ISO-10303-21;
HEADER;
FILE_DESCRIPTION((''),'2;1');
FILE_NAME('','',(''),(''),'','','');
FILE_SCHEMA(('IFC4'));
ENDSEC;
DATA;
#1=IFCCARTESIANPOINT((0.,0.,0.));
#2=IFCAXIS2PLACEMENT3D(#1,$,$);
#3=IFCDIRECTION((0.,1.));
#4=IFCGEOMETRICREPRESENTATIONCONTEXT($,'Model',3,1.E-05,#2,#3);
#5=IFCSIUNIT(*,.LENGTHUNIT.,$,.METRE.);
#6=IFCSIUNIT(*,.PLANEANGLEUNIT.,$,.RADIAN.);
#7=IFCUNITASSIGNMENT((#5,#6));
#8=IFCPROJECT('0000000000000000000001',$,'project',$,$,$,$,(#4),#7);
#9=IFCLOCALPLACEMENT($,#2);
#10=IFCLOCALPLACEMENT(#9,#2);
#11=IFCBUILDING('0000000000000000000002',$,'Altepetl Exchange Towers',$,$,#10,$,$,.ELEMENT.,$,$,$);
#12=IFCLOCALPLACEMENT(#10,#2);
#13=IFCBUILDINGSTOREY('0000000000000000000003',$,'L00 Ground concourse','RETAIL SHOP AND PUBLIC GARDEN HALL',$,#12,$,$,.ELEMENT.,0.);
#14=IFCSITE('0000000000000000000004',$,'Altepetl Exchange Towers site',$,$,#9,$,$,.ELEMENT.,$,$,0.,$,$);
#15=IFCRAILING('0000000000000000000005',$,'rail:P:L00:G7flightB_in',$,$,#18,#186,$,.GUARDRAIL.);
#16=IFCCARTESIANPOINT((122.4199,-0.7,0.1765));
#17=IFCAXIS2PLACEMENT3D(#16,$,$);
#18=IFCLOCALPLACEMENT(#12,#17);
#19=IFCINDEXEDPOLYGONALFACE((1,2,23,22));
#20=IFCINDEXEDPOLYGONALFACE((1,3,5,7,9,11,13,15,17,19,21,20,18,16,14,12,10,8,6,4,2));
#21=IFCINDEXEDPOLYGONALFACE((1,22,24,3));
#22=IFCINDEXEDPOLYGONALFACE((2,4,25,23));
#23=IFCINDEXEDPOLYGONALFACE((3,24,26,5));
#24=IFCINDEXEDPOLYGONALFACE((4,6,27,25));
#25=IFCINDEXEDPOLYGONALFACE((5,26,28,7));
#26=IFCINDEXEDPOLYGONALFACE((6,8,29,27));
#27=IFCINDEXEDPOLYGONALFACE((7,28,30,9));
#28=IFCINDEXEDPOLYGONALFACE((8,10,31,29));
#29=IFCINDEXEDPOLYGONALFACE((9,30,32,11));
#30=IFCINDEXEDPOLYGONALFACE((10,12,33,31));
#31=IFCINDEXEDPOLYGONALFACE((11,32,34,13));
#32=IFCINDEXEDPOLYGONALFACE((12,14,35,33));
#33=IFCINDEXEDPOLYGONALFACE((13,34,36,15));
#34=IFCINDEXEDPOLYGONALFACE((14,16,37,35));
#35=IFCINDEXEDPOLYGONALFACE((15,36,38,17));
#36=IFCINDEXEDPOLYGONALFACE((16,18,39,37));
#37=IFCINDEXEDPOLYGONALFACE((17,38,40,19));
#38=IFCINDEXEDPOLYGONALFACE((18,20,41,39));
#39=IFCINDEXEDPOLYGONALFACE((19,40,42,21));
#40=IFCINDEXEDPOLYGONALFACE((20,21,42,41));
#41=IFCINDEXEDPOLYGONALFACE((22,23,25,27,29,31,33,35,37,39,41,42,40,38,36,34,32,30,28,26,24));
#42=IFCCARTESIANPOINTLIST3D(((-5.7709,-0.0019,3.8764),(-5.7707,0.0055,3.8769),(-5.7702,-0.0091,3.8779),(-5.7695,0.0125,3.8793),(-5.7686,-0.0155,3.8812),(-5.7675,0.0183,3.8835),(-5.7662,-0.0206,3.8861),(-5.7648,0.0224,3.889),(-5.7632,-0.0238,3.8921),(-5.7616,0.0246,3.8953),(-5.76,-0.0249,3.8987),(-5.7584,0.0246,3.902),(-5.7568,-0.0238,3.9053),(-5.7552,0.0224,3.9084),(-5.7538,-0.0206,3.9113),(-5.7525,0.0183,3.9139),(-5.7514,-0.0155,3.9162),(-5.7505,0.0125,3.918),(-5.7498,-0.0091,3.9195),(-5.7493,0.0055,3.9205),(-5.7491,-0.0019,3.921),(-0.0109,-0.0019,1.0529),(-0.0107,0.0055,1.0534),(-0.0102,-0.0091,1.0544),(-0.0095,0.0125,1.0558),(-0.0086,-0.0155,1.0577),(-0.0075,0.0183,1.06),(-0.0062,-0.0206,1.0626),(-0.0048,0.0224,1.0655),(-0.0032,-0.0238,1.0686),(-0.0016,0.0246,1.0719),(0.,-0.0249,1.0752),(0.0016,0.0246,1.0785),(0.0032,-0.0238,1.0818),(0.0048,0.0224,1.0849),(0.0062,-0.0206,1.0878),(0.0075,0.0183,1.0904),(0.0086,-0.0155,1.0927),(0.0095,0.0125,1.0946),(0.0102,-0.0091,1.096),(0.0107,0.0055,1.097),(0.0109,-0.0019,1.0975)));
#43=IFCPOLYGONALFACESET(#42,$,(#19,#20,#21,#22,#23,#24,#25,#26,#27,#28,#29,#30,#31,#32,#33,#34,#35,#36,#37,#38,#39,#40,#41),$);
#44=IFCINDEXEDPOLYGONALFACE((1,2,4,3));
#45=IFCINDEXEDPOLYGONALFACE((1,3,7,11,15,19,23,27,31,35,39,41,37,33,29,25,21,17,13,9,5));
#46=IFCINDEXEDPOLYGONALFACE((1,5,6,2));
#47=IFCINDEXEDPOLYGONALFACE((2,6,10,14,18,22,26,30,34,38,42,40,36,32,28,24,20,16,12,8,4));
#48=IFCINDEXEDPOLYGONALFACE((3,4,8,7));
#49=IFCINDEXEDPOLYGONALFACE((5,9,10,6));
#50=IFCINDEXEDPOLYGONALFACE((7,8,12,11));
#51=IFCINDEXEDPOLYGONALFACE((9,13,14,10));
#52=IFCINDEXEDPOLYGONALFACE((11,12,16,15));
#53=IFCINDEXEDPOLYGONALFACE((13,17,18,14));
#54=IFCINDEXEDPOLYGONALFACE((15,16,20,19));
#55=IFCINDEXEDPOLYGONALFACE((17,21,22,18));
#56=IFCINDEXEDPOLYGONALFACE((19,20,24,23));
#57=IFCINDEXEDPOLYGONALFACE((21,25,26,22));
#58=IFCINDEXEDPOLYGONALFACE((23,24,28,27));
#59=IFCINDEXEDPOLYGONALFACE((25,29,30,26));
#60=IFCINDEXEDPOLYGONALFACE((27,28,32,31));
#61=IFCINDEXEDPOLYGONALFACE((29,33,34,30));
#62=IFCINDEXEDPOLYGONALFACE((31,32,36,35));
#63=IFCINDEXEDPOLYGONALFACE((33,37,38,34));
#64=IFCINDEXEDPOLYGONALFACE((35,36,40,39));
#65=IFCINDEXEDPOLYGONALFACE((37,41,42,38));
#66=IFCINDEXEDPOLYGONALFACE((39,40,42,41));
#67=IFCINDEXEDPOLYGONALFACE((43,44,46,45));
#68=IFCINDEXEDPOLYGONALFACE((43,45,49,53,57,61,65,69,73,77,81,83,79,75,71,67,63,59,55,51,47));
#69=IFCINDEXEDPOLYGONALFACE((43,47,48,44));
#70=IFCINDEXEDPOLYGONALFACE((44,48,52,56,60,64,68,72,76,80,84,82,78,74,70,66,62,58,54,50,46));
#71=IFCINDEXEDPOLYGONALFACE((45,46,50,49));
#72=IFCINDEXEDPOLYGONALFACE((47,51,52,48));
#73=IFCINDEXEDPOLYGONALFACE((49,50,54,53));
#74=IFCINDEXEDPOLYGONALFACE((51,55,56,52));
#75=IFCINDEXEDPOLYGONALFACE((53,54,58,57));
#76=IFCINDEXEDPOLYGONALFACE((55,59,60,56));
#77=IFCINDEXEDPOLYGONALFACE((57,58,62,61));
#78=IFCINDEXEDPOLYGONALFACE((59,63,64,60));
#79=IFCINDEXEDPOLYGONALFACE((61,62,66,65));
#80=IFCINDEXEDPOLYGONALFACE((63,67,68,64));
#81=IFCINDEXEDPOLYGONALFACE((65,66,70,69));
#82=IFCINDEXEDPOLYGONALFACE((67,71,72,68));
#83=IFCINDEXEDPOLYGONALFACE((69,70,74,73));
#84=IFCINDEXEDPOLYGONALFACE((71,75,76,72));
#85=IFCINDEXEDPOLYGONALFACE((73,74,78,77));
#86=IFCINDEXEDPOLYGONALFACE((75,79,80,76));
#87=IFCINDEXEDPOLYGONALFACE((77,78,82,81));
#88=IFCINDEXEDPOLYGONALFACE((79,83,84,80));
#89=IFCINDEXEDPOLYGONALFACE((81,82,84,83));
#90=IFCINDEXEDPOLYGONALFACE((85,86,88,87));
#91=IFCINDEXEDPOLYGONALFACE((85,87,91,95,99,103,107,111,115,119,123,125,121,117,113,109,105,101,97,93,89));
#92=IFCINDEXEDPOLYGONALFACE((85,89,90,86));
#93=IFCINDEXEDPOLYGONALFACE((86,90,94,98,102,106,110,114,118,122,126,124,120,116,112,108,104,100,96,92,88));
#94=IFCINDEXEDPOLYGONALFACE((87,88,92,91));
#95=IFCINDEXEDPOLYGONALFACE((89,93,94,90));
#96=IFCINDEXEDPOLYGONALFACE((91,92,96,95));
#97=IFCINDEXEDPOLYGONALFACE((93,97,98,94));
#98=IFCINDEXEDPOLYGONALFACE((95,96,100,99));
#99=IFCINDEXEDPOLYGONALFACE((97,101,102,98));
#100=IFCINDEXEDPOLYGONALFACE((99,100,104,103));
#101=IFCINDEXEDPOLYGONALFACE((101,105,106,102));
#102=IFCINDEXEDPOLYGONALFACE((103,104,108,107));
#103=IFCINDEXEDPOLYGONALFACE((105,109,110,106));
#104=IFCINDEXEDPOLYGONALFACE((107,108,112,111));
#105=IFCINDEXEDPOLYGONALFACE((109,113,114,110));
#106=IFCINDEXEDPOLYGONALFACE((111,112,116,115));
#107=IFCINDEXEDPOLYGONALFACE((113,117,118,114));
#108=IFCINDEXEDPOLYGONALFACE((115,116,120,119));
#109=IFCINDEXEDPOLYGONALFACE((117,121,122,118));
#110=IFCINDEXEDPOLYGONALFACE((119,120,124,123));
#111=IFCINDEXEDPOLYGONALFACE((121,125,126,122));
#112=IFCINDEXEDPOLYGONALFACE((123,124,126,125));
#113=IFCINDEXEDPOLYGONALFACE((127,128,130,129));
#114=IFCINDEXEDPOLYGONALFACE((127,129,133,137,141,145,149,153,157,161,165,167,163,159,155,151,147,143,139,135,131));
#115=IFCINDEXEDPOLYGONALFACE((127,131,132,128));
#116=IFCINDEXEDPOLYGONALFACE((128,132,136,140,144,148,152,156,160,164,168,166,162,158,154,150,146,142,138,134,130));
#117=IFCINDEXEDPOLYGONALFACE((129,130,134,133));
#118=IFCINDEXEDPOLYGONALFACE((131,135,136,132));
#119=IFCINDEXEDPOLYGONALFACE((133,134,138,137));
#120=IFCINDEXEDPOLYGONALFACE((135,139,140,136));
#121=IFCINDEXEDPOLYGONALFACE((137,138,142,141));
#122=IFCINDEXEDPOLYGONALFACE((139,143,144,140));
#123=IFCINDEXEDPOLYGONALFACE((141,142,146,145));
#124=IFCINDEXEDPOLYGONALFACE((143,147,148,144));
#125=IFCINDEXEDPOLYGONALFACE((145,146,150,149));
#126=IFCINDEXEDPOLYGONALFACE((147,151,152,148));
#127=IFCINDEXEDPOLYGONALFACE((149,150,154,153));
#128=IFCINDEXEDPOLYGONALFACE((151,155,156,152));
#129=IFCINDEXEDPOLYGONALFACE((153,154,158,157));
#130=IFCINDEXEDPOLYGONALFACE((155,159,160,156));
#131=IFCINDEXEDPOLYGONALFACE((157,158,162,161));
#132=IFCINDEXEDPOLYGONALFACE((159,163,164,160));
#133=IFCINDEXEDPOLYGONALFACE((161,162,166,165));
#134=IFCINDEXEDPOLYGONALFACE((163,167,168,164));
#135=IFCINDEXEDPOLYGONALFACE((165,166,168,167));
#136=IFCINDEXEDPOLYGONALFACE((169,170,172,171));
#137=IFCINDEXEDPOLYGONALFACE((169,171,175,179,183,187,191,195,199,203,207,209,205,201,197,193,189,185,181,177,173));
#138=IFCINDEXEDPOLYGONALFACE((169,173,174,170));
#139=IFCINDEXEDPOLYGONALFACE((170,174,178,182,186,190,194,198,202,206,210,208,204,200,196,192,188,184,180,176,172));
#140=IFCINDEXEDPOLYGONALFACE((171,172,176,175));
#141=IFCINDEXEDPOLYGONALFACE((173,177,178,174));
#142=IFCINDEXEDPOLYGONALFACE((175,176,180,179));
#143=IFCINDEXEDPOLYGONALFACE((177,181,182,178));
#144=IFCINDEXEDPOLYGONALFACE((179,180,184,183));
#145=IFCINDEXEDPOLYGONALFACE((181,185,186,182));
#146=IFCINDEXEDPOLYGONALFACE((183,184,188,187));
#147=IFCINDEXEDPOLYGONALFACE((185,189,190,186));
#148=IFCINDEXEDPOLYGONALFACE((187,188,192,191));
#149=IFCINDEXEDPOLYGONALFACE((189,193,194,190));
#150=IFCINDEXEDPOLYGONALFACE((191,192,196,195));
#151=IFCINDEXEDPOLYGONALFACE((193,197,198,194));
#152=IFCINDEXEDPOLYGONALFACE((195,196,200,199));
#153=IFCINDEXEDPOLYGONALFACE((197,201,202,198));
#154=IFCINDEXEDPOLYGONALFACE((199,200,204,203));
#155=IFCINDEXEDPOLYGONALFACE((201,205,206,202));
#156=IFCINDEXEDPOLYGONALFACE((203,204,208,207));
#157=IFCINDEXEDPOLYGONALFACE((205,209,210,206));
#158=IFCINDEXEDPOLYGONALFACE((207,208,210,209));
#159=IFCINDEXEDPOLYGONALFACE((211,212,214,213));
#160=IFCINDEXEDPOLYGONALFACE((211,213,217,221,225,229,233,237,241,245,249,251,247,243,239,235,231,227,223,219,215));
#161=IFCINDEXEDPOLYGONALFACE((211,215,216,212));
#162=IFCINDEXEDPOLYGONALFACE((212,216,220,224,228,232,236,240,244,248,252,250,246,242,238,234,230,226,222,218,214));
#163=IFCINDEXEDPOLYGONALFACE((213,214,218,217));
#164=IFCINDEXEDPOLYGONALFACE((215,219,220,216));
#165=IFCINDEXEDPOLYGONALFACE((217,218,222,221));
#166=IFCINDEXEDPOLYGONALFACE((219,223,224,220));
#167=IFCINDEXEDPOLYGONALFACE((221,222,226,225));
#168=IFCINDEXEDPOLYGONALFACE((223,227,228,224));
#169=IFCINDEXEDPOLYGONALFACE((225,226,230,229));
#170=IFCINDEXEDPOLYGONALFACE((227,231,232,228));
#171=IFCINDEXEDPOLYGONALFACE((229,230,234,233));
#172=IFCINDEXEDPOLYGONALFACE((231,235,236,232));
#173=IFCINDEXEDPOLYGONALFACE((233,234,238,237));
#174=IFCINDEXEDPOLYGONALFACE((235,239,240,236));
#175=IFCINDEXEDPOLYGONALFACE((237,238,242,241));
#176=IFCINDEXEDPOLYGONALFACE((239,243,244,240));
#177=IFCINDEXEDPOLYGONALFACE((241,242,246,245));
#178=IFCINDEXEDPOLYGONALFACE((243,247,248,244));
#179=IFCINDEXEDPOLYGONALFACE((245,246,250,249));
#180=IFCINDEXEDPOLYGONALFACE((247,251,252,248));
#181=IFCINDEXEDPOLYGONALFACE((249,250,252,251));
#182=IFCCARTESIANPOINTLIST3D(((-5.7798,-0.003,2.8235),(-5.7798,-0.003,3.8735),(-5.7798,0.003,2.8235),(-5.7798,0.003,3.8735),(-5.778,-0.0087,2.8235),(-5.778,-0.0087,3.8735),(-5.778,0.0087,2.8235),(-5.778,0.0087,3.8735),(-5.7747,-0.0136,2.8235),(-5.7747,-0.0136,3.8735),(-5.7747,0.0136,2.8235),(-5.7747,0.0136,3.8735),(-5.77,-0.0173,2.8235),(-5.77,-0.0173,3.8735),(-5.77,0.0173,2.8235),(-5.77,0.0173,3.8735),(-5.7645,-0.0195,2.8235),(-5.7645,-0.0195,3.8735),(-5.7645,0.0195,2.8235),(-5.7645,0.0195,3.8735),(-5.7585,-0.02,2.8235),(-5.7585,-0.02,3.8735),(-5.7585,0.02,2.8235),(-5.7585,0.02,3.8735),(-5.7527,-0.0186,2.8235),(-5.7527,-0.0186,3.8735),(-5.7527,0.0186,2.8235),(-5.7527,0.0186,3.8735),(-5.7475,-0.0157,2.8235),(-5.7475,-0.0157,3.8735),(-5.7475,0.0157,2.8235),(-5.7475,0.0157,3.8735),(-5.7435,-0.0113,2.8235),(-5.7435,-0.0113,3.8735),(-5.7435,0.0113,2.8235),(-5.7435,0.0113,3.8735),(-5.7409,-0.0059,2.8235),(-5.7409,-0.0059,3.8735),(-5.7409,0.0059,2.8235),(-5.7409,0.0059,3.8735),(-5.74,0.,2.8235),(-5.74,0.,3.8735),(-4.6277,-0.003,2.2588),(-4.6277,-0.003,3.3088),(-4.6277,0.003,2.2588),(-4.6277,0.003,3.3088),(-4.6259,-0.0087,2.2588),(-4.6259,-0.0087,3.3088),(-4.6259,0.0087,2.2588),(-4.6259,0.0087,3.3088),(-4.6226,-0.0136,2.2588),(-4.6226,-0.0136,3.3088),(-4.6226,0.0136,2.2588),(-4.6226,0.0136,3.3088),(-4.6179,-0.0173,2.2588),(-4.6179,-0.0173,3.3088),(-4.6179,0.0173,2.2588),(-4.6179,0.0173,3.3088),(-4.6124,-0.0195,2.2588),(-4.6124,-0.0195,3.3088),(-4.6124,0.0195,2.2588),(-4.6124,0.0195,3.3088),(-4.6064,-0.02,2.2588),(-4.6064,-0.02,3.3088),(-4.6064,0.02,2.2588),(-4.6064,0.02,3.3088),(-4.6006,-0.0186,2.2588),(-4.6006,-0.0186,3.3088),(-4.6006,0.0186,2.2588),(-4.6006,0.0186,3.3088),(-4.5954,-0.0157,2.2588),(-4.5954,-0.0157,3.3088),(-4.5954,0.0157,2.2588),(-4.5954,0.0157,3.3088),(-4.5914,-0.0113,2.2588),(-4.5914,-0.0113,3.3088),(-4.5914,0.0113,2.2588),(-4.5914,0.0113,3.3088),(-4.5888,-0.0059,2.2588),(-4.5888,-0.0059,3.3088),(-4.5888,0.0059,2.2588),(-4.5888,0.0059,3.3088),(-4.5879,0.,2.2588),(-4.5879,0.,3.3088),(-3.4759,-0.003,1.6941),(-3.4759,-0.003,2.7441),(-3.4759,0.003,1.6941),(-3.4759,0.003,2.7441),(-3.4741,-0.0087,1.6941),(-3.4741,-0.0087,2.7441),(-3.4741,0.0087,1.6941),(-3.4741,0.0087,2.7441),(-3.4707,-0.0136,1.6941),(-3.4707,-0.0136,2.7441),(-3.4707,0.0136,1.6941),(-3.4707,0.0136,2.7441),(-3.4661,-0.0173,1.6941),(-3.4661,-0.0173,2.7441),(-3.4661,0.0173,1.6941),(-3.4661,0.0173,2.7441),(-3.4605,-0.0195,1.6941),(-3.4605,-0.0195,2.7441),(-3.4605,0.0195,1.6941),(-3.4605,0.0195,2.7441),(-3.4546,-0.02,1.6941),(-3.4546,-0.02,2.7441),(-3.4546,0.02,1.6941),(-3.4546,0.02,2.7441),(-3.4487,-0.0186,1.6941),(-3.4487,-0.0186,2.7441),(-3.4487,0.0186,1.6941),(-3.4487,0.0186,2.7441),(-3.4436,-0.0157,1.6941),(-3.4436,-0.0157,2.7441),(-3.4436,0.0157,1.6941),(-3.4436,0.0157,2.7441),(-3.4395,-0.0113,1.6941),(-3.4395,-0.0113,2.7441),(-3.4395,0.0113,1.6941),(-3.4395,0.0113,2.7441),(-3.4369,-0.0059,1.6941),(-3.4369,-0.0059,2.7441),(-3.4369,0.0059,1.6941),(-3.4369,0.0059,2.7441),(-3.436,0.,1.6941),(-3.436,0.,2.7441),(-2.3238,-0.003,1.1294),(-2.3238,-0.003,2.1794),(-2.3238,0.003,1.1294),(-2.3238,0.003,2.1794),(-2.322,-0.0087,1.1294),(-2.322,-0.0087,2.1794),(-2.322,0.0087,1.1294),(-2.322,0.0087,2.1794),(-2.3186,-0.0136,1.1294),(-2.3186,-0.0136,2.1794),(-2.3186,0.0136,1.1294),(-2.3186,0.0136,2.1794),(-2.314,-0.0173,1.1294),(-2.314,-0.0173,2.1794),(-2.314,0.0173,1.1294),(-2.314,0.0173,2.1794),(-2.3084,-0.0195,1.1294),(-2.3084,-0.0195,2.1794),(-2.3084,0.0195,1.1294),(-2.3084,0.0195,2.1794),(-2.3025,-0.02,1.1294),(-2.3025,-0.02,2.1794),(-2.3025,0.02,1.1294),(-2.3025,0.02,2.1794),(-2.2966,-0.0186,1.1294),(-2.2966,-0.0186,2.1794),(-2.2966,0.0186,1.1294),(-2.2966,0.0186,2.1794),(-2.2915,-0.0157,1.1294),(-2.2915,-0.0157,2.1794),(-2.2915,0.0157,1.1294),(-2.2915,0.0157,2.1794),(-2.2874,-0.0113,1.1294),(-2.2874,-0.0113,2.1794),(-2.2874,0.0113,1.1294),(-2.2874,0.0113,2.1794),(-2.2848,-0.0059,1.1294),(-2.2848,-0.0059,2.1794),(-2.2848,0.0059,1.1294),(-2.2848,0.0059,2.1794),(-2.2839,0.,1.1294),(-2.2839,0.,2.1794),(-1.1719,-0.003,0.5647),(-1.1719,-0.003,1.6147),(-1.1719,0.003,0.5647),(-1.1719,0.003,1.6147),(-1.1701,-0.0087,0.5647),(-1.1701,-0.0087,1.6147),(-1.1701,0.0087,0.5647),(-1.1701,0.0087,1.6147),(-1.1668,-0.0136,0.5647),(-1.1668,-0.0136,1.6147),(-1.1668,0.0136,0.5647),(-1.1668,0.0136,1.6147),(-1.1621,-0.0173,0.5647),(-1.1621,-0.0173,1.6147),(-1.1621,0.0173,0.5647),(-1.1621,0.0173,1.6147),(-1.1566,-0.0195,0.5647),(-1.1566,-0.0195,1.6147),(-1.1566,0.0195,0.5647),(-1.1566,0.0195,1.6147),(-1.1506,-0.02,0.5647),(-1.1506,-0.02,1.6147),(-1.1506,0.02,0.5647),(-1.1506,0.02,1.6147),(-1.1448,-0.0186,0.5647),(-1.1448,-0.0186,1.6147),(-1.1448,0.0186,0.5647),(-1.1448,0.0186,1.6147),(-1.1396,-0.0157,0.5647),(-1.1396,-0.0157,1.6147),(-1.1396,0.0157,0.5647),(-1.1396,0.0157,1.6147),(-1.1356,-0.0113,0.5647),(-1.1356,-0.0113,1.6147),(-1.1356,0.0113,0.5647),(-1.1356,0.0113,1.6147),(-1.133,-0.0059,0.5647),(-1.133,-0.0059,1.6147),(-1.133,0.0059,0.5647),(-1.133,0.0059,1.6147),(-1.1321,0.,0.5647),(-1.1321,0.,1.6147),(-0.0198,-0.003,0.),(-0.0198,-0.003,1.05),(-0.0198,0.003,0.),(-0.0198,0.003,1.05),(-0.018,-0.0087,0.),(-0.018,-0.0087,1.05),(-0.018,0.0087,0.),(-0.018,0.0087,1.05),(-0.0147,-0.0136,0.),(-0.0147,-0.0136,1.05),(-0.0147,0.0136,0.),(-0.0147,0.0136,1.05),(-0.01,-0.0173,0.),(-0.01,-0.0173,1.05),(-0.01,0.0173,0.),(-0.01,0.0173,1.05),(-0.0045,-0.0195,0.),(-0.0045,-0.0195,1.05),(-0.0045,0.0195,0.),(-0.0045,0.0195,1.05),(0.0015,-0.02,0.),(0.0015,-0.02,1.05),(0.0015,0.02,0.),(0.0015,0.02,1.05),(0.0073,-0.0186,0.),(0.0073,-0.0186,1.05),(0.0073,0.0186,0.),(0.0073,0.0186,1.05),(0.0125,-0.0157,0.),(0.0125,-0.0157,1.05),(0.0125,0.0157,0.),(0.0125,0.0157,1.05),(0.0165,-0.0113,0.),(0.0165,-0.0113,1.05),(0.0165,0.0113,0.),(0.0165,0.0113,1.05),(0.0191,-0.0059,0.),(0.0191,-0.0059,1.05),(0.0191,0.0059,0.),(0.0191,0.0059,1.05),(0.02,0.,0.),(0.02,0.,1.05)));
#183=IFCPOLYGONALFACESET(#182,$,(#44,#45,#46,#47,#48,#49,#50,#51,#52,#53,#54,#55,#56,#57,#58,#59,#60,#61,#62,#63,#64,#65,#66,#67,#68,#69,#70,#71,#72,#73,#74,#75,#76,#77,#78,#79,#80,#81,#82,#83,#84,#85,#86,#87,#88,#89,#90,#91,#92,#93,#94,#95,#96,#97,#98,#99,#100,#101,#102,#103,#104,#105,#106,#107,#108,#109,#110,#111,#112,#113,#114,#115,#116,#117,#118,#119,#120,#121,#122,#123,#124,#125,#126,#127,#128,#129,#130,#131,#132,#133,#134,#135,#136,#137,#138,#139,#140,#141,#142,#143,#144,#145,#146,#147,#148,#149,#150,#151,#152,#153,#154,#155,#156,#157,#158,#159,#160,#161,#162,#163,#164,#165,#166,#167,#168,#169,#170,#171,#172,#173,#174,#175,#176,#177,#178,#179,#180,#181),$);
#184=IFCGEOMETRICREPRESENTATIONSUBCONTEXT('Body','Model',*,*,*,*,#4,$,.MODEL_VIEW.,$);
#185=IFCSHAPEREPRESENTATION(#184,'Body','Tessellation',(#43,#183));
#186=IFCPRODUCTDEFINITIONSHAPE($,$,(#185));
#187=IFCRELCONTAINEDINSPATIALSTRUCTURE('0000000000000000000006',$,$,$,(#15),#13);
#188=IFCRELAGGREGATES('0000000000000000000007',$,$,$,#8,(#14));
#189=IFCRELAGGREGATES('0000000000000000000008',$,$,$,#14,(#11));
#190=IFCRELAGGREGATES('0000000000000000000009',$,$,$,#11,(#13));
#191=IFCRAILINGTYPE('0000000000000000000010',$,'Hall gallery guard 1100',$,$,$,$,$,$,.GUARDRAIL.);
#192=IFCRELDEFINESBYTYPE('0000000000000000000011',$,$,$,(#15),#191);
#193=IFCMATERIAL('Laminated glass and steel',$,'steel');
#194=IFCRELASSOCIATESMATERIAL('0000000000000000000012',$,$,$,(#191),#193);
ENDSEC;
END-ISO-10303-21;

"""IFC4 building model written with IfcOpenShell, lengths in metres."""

from ifc_helpers import new_model, si_unit, direction, frame, origin, origin_2d, place, context, subcontext, project, spatial, circle, extrude, source, transform, mapped, material, type_object, element, save


model = new_model("IFC4")

# Units and contexts
model_context = context("Model", 3, precision=1e-05, world=origin(), true_north=direction((0.0, 1.0)))
body_context = subcontext(model_context, "Body", "Model", "MODEL_VIEW")
ifc_project = project(units=[si_unit("LENGTHUNIT", "METRE"), si_unit("PLANEANGLEUNIT", "RADIAN")], contexts=[model_context])

# Site, building, storey
site_placement = place(None, origin())
site = spatial("IfcSite", under=ifc_project, at=site_placement, Name="Altepetl Exchange Towers site", CompositionType="ELEMENT", RefElevation=0.0)
building_placement = place(site_placement, origin())
building = spatial("IfcBuilding", under=site, at=building_placement, Name="Altepetl Exchange Towers", CompositionType="ELEMENT")
storey_placement = place(building_placement, origin())
storey = spatial("IfcBuildingStorey", under=building, at=storey_placement, Name="L00 Ground concourse", Description="RETAIL SHOP AND PUBLIC GARDEN HALL", CompositionType="ELEMENT", Elevation=0.0)

# Railing
ifc_material_1 = material(Name="Laminated glass and steel", Category="steel")
railing_type_1 = type_object("IfcRailingType", Name="Hall gallery guard 1100", PredefinedType="GUARDRAIL", material=ifc_material_1)
shared_shape_1 = source(origin(), body_context, "Body", "SweptSolid", [
    extrude(circle(Radius=0.02, at=origin_2d()), origin(), (0.0, 0.0, 1.0), 1.05),
])
railing_placement = place(storey_placement, frame((122.4199, -0.7, 0.1765)))
element("IfcRailing", 1, at=railing_placement, inside=storey, type_object=railing_type_1, Name="rail:P:L00:G7flightB_in", PredefinedType="GUARDRAIL", context=body_context, shape_type="SweptSolid", body=[
    extrude(circle(Radius=0.0249, at=origin_2d()), frame((0.0, 0.0, 1.0752), z_axis=(-0.897924, 0.0, 0.440151), x_axis=(0.0, -1.0, 0.0)), (0.0, 0.0, 1.0), 6.4148),
    mapped(shared_shape_1, transform((0.0, 0.0, 0.0))),
    mapped(shared_shape_1, transform((-1.1521, 0.0, 0.5647))),
    mapped(shared_shape_1, transform((-2.304, 0.0, 1.1294))),
    mapped(shared_shape_1, transform((-3.4561, 0.0, 1.6941))),
    mapped(shared_shape_1, transform((-4.6079, 0.0, 2.2588))),
    mapped(shared_shape_1, transform((-5.76, 0.0, 2.8235))),
])

save(model, "model.ifc")
